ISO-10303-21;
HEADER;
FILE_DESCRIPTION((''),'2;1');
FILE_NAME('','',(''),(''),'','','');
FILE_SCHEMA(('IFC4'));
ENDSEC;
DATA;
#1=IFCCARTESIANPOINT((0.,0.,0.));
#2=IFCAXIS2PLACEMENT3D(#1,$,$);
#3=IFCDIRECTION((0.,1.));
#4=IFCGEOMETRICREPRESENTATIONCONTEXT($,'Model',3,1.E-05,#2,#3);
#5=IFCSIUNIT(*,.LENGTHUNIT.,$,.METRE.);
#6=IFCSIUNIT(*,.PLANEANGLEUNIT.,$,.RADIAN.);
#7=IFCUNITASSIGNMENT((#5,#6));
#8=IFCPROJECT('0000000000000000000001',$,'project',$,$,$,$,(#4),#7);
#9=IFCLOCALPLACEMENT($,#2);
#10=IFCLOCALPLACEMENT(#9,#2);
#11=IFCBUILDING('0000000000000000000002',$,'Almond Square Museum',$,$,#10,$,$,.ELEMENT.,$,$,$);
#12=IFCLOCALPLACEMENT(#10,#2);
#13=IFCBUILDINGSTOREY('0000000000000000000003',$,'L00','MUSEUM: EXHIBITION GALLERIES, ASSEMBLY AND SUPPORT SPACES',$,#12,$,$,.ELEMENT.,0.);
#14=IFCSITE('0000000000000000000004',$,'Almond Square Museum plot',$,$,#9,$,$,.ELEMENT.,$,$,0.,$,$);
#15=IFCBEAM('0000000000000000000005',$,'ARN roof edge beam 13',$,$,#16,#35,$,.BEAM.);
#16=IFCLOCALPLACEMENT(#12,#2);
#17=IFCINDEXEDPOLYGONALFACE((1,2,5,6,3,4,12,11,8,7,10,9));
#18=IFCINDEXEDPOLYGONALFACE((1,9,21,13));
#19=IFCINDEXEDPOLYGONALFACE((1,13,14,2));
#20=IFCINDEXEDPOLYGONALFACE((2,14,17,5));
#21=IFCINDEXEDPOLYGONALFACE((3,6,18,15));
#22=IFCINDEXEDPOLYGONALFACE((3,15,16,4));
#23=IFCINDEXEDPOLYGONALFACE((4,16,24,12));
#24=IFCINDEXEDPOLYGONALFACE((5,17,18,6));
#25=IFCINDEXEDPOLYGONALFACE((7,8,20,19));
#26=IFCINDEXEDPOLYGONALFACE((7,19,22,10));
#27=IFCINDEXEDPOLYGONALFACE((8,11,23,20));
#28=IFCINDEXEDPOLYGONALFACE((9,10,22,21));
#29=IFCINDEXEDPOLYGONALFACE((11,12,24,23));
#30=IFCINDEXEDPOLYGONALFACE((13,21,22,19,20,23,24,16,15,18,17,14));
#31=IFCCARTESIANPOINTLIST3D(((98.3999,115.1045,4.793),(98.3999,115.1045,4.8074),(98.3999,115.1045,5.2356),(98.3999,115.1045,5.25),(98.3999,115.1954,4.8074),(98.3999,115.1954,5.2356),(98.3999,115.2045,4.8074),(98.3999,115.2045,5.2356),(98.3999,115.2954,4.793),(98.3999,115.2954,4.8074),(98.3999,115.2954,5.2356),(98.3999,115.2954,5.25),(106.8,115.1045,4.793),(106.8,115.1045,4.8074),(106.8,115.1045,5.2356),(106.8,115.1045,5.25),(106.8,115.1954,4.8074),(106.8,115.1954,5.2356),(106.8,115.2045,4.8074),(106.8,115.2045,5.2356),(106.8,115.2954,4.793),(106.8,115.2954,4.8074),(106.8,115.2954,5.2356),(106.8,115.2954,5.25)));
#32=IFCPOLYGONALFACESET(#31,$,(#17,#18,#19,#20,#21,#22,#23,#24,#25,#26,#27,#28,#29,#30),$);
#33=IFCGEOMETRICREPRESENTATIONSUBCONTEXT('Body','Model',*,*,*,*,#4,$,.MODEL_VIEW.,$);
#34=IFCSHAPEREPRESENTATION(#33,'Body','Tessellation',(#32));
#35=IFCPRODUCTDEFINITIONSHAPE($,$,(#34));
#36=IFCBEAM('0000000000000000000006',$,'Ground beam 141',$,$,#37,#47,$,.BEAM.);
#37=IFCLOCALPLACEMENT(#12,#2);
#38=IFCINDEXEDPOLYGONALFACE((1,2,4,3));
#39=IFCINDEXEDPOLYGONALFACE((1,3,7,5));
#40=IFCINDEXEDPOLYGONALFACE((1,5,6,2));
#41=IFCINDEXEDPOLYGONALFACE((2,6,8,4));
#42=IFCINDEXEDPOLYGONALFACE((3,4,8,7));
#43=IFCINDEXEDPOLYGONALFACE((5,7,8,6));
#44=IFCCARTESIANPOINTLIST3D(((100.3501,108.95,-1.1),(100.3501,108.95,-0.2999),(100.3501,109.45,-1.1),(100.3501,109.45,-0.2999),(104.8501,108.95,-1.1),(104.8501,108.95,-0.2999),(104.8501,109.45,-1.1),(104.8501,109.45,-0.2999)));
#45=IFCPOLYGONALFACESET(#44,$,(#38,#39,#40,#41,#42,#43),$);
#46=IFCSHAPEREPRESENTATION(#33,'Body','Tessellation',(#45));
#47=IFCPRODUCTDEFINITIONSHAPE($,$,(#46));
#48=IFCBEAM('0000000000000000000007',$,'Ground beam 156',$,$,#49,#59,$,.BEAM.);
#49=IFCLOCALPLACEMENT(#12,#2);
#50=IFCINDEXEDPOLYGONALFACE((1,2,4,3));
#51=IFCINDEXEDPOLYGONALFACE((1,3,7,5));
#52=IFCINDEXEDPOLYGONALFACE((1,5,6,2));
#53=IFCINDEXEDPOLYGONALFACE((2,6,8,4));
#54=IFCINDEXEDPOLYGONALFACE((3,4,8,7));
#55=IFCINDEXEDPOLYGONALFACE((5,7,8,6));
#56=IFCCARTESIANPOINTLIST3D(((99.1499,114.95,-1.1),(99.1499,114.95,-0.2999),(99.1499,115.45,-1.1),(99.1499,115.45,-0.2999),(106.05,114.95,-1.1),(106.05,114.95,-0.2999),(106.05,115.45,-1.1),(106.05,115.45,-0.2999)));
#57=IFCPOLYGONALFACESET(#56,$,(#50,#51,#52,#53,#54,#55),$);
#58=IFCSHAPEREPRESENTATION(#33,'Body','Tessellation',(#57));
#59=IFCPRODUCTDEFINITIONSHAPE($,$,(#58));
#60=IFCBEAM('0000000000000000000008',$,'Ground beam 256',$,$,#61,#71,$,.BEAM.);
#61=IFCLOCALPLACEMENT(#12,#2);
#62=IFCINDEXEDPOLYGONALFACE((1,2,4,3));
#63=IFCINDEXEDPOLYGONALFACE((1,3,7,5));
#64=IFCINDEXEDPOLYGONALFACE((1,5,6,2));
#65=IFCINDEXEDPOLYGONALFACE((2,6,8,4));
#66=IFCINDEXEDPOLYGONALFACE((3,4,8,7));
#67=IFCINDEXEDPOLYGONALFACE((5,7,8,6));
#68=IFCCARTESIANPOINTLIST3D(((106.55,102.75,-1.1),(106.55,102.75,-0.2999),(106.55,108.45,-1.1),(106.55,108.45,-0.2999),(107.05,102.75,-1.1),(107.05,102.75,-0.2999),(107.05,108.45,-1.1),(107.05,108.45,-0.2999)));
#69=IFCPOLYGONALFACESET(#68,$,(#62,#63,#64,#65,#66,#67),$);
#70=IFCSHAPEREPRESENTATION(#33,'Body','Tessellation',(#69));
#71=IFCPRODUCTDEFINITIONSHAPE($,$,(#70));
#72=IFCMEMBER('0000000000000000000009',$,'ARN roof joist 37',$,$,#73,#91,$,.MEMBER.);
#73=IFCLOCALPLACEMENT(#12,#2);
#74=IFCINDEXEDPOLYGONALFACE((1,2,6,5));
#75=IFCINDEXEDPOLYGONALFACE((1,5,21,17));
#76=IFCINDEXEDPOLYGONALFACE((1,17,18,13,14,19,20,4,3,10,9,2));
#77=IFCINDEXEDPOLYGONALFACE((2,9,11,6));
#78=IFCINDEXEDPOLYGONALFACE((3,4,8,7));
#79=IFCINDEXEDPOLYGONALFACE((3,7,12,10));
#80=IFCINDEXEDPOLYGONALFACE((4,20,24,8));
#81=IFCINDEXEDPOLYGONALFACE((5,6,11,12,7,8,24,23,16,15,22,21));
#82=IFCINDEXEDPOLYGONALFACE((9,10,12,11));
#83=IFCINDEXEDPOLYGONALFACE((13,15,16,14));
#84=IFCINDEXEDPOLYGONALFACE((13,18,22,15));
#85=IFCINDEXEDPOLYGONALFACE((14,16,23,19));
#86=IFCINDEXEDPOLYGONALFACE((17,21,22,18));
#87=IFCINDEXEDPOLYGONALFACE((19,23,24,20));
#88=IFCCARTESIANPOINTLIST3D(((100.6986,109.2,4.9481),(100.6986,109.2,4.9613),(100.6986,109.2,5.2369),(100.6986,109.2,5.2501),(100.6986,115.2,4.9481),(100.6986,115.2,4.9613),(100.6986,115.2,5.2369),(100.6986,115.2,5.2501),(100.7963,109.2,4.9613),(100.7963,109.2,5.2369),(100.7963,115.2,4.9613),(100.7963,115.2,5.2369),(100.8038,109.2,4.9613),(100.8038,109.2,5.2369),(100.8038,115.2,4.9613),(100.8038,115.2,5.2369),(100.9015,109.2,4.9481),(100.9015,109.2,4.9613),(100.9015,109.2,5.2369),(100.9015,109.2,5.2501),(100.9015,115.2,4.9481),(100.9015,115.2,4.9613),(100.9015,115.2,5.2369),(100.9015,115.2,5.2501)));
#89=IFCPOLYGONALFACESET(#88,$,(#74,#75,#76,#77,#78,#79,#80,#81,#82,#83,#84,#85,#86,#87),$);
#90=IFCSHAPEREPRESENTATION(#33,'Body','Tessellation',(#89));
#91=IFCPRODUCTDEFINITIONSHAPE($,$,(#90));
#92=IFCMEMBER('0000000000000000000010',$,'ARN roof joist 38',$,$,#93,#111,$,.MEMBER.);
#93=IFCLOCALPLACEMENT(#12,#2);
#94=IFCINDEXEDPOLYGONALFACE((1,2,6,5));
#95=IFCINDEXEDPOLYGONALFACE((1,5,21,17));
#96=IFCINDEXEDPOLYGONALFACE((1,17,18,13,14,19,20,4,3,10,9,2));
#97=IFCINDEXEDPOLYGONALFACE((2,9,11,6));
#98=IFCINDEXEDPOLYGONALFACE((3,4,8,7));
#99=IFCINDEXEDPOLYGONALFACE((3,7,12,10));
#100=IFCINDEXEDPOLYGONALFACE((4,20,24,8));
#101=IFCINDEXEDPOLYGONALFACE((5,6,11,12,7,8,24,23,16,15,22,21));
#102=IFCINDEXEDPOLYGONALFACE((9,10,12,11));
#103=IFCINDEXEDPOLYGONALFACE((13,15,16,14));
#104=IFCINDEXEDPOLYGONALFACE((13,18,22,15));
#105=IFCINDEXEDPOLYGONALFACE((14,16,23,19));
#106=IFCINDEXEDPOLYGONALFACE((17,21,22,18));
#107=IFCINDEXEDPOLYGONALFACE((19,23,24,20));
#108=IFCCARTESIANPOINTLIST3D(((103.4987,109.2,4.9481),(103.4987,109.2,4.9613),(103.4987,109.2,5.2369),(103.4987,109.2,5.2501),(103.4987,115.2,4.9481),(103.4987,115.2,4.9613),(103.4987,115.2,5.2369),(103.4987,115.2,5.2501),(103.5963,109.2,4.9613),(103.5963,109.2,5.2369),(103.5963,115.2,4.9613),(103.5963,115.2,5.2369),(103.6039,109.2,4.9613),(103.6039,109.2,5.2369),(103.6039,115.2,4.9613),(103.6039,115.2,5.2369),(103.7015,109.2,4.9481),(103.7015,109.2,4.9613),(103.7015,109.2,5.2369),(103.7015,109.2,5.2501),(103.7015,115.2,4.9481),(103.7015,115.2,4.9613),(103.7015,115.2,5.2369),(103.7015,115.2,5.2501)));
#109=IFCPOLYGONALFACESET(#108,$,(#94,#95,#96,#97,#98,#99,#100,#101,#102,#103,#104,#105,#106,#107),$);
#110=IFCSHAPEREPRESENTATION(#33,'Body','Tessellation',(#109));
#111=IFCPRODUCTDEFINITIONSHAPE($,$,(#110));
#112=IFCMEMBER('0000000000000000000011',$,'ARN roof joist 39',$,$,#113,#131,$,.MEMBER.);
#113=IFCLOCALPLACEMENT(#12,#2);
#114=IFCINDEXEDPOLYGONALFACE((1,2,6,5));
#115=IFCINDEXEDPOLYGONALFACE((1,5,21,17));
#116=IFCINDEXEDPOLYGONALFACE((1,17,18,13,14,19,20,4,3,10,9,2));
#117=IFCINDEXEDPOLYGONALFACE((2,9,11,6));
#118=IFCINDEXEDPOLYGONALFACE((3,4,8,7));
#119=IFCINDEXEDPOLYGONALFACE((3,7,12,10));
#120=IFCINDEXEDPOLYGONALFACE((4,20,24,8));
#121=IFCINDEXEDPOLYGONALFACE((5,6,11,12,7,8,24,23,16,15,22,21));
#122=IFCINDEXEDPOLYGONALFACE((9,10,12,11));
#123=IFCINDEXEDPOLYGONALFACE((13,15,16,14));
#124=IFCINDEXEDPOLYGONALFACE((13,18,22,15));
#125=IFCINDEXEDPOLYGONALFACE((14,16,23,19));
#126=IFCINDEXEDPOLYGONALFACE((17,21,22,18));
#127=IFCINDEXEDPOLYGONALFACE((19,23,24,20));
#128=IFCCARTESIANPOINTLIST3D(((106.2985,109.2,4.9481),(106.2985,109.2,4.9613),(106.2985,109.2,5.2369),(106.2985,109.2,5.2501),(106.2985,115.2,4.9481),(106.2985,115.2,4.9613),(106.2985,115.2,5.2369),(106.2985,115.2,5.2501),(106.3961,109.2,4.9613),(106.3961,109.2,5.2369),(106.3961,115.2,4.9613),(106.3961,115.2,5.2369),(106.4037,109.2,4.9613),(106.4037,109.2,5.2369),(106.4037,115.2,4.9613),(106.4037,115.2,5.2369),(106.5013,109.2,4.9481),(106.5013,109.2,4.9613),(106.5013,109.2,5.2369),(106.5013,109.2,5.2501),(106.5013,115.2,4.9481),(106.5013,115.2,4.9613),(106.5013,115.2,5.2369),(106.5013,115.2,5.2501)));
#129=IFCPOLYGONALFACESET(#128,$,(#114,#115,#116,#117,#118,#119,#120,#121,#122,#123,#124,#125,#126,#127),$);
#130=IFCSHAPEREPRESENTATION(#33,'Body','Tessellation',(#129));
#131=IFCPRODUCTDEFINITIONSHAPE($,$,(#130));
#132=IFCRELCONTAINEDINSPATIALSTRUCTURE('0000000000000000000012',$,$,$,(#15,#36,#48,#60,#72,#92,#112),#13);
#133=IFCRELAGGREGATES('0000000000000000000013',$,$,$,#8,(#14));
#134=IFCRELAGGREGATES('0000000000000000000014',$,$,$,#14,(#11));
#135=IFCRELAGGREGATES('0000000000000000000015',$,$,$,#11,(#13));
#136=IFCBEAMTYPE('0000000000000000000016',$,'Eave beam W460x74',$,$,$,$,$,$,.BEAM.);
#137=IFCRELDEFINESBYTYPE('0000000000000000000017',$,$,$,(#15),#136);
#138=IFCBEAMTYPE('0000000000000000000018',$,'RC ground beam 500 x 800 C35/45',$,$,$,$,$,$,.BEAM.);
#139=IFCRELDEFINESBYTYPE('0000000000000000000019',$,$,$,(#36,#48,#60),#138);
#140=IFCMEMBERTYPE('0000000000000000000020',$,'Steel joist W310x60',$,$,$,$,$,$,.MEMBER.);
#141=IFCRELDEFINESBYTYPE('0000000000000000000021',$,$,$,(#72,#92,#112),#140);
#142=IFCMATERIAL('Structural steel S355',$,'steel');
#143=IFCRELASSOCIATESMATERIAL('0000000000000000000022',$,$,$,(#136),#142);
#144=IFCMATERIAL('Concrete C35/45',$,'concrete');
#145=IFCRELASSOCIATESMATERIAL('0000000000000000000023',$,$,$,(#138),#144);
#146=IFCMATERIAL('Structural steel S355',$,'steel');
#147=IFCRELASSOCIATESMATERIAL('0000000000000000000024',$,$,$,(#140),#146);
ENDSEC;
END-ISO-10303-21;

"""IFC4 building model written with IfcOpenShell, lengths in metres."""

from ifc_helpers import new_model, si_unit, direction, frame, origin, origin_2d, place, context, subcontext, project, spatial, rectangle, i_section, extrude, material, material_profile, profile_set, type_object, element, save


model = new_model("IFC4")

# Units and contexts
model_context = context("Model", 3, precision=1e-05, world=origin(), true_north=direction((0.0, 1.0)))
body_context = subcontext(model_context, "Body", "Model", "MODEL_VIEW")
ifc_project = project(units=[si_unit("LENGTHUNIT", "METRE"), si_unit("PLANEANGLEUNIT", "RADIAN")], contexts=[model_context])

# Site, building, storey
site_placement = place(None, origin())
site = spatial("IfcSite", under=ifc_project, at=site_placement, Name="Almond Square Museum plot", CompositionType="ELEMENT", RefElevation=0.0)
building_placement = place(site_placement, origin())
building = spatial("IfcBuilding", under=site, at=building_placement, Name="Almond Square Museum", CompositionType="ELEMENT")
storey_placement = place(building_placement, origin())
storey = spatial("IfcBuildingStorey", under=building, at=storey_placement, Name="L00", Description="MUSEUM: EXHIBITION GALLERIES, ASSEMBLY AND SUPPORT SPACES", CompositionType="ELEMENT", Elevation=0.0)

# Beams
ifc_material_1 = material(Name="Structural steel S355", Category="steel")
ifc_material_profile_1 = material_profile(ifc_material_1, i_section(OverallWidth=0.1909, OverallDepth=0.457, WebThickness=0.009, FlangeThickness=0.0144, at=origin_2d()))
ifc_profile_set_1 = profile_set([ifc_material_profile_1], Name="Structural steel S355")
beam_type_1 = type_object("IfcBeamType", Name="Eave beam W460x74", PredefinedType="BEAM", material=ifc_profile_set_1)
beam_1_placement = place(storey_placement, frame((98.3999, 115.2, 5.0215), z_axis=(1.0, 0.0, 0.0), x_axis=(0.0, 1.0, 0.0)))
element("IfcBeam", 1, at=beam_1_placement, inside=storey, type_object=beam_type_1, Name="ARN roof edge beam 13", PredefinedType="BEAM", context=body_context, shape_type="SweptSolid", body=[
    extrude(i_section(OverallWidth=0.1909, OverallDepth=0.457, WebThickness=0.009, FlangeThickness=0.0144, at=origin_2d()), origin(), (0.0, 0.0, 1.0), 8.4001),
])
ifc_material_2 = material(Name="Concrete C35/45", Category="concrete")
ifc_material_profile_2 = material_profile(ifc_material_2, rectangle(XDim=0.5, YDim=0.8, at=origin_2d()))
ifc_profile_set_2 = profile_set([ifc_material_profile_2], Name="Concrete C35/45")
beam_type_2 = type_object("IfcBeamType", Name="RC ground beam 500 x 800 C35/45", PredefinedType="BEAM", material=ifc_profile_set_2)
beam_2_placement = place(storey_placement, frame((100.3501, 109.2, -0.7), z_axis=(1.0, 0.0, 0.0), x_axis=(0.0, 1.0, 0.0)))
element("IfcBeam", 2, at=beam_2_placement, inside=storey, type_object=beam_type_2, Name="Ground beam 141", PredefinedType="BEAM", context=body_context, shape_type="SweptSolid", body=[
    extrude(rectangle(XDim=0.5, YDim=0.8, at=origin_2d()), origin(), (0.0, 0.0, 1.0), 4.5),
])
beam_3_placement = place(storey_placement, frame((99.1499, 115.2, -0.7), z_axis=(1.0, 0.0, 0.0), x_axis=(0.0, 1.0, 0.0)))
element("IfcBeam", 3, at=beam_3_placement, inside=storey, type_object=beam_type_2, Name="Ground beam 156", PredefinedType="BEAM", context=body_context, shape_type="SweptSolid", body=[
    extrude(rectangle(XDim=0.5, YDim=0.8, at=origin_2d()), origin(), (0.0, 0.0, 1.0), 6.9001),
])
beam_4_placement = place(storey_placement, frame((106.8, 102.75, -0.7), z_axis=(0.0, 1.0, 0.0), x_axis=(-1.0, 0.0, 0.0)))
element("IfcBeam", 4, at=beam_4_placement, inside=storey, type_object=beam_type_2, Name="Ground beam 256", PredefinedType="BEAM", context=body_context, shape_type="SweptSolid", body=[
    extrude(rectangle(XDim=0.5, YDim=0.8, at=origin_2d()), origin(), (0.0, 0.0, 1.0), 5.7),
])

# Members
ifc_material_3 = material(Name="Structural steel S355", Category="steel")
ifc_material_profile_3 = material_profile(ifc_material_3, i_section(OverallWidth=0.2029, OverallDepth=0.302, WebThickness=0.0076, FlangeThickness=0.0132, at=origin_2d()))
ifc_profile_set_3 = profile_set([ifc_material_profile_3], Name="Structural steel S355")
member_type = type_object("IfcMemberType", Name="Steel joist W310x60", PredefinedType="MEMBER", material=ifc_profile_set_3)
for number, where, z_axis, x_axis, name in (
    (5, (100.8, 109.2, 5.0991), (0.0, 1.0, 0.0), (-1.0, 0.0, 0.0), "ARN roof joist 37"),
    (6, (103.6001, 109.2, 5.0991), (0.0, 1.0, 0.0), (-1.0, 0.0, 0.0), "ARN roof joist 38"),
    (7, (106.3999, 109.2, 5.0991), (0.0, 1.0, 0.0), (-1.0, 0.0, 0.0), "ARN roof joist 39"),
):
    element("IfcMember", number, at=place(storey_placement, frame(where, z_axis=z_axis, x_axis=x_axis)), inside=storey, type_object=member_type, Name=name, PredefinedType="MEMBER", context=body_context, shape_type="SweptSolid", body=[
        extrude(i_section(OverallWidth=0.2029, OverallDepth=0.302, WebThickness=0.0076, FlangeThickness=0.0132, at=origin_2d()), origin(), (0.0, 0.0, 1.0), 6.0),
    ])

save(model, "model.ifc")
